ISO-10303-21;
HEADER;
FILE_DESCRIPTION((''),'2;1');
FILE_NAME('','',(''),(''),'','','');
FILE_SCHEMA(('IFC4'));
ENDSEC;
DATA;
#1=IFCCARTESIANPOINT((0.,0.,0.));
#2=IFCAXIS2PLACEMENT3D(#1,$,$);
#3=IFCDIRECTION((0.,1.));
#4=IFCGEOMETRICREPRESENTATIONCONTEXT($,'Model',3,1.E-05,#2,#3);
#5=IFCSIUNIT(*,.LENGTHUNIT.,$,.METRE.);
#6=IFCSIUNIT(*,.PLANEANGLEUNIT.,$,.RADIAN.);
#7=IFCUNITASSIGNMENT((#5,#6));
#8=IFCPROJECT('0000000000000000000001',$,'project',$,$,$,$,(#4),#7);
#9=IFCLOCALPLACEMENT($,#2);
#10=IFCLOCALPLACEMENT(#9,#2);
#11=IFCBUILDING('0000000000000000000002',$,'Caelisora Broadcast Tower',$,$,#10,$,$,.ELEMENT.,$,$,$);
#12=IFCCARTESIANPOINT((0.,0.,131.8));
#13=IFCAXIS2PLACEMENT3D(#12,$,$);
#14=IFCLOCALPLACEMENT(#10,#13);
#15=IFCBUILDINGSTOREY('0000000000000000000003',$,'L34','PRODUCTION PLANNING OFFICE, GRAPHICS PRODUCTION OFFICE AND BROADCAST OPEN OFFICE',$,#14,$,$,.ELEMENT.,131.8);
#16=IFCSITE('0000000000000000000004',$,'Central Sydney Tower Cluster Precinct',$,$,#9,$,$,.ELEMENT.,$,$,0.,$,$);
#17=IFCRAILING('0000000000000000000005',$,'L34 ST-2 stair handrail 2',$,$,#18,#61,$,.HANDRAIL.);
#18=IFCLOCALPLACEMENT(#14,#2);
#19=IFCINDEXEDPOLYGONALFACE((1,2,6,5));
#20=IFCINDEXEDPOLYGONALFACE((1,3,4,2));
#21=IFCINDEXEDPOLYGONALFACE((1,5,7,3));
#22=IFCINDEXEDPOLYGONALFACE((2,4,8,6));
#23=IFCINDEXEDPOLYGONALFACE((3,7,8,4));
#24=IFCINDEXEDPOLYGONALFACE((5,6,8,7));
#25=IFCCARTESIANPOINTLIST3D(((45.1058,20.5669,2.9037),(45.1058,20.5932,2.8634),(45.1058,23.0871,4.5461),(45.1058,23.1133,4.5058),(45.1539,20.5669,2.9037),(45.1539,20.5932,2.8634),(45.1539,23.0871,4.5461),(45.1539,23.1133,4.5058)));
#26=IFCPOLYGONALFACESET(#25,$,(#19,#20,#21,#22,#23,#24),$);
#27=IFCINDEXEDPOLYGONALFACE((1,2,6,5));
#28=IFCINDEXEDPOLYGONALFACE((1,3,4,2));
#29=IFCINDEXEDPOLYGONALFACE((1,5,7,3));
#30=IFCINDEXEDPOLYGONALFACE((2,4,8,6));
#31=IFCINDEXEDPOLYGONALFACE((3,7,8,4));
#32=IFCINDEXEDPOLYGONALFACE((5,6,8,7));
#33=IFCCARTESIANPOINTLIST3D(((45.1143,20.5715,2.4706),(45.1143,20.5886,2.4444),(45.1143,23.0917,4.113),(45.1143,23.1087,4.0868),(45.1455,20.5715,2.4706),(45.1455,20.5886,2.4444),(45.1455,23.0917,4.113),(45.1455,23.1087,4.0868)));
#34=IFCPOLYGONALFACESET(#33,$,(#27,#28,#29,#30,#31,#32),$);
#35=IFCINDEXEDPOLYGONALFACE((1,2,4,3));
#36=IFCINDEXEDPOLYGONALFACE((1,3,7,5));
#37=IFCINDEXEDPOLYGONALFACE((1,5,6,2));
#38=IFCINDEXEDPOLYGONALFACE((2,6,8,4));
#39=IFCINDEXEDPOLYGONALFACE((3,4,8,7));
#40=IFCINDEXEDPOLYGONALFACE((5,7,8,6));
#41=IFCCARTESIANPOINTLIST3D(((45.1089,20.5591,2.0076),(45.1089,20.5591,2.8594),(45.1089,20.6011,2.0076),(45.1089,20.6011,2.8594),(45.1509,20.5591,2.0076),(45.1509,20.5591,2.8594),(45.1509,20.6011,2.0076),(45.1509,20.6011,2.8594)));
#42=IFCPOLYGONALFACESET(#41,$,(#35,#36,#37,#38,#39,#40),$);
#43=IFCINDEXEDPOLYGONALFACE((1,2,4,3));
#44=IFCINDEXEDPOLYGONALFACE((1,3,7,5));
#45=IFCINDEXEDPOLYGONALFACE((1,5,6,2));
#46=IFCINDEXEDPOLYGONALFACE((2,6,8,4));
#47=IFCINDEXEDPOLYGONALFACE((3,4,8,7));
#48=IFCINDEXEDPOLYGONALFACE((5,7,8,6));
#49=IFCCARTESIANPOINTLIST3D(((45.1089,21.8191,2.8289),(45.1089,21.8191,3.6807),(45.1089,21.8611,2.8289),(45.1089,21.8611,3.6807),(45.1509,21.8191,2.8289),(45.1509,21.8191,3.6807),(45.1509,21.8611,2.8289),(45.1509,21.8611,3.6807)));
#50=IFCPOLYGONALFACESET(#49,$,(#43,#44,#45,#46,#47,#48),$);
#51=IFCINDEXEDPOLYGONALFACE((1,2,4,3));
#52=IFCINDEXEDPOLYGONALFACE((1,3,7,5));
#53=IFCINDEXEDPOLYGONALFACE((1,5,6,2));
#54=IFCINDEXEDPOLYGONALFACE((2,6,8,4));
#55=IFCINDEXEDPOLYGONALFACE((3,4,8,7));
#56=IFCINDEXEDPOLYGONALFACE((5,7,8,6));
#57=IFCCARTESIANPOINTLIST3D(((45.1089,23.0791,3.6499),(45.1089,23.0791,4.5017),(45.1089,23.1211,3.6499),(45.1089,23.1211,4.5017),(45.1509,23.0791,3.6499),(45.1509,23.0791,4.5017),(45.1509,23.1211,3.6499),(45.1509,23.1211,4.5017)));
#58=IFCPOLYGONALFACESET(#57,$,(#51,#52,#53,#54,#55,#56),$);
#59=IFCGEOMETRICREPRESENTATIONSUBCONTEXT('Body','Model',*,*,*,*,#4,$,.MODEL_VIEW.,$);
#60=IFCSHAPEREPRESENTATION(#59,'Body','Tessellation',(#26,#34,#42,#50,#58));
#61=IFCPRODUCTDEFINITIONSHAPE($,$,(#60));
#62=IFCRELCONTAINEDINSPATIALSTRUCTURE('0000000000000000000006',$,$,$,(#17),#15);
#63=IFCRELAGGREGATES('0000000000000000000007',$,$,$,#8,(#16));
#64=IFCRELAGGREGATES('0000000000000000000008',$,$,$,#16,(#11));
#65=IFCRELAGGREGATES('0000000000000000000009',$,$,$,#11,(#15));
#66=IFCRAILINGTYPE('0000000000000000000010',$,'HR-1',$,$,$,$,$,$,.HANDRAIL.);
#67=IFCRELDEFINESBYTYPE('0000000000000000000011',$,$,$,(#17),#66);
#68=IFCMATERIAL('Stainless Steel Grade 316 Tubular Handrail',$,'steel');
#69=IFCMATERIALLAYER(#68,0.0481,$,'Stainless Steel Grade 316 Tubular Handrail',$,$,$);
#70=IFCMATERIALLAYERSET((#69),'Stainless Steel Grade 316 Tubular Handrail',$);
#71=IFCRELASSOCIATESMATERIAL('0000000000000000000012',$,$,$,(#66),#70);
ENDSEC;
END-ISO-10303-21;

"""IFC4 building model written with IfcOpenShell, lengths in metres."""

from ifc_helpers import new_model, si_unit, direction, frame, origin, origin_2d, place, context, subcontext, project, spatial, rectangle, extrude, material, layer, layer_set, type_object, element, save


model = new_model("IFC4")

# Units and contexts
model_context = context("Model", 3, precision=1e-05, world=origin(), true_north=direction((0.0, 1.0)))
body_context = subcontext(model_context, "Body", "Model", "MODEL_VIEW")
ifc_project = project(units=[si_unit("LENGTHUNIT", "METRE"), si_unit("PLANEANGLEUNIT", "RADIAN")], contexts=[model_context])

# Site, building, storey
site_placement = place(None, origin())
site = spatial("IfcSite", under=ifc_project, at=site_placement, Name="Central Sydney Tower Cluster Precinct", CompositionType="ELEMENT", RefElevation=0.0)
building_placement = place(site_placement, origin())
building = spatial("IfcBuilding", under=site, at=building_placement, Name="Caelisora Broadcast Tower", CompositionType="ELEMENT")
storey_placement = place(building_placement, frame((0.0, 0.0, 131.8)))
storey = spatial("IfcBuildingStorey", under=building, at=storey_placement, Name="L34", Description="PRODUCTION PLANNING OFFICE, GRAPHICS PRODUCTION OFFICE AND BROADCAST OPEN OFFICE", CompositionType="ELEMENT", Elevation=131.8)

# Railing
ifc_material_1 = material(Name="Stainless Steel Grade 316 Tubular Handrail", Category="steel")
ifc_layer_1 = layer(ifc_material_1, 0.0481, Name="Stainless Steel Grade 316 Tubular Handrail")
ifc_layer_set_1 = layer_set([ifc_layer_1], Name="Stainless Steel Grade 316 Tubular Handrail")
railing_type_1 = type_object("IfcRailingType", Name="HR-1", PredefinedType="HANDRAIL", material=ifc_layer_set_1)
railing_1_placement = place(storey_placement, frame((45.1299, 20.5801, 2.0076)))
element("IfcRailing", 1, at=railing_1_placement, inside=storey, type_object=railing_type_1, Name="L34 ST-2 stair handrail 2", PredefinedType="HANDRAIL", context=body_context, shape_type="SweptSolid", body=[
    extrude(rectangle(XDim=0.0481, YDim=0.0481, at=origin_2d()), frame((0.0, 0.0, 0.876), z_axis=(0.0, 0.837787, 0.545998), x_axis=(-1.0, 0.0, 0.0)), (0.0, 0.0, 1.0), 3.0081),
    extrude(rectangle(XDim=0.0312, YDim=0.0312, at=origin_2d()), frame((0.0, 0.0, 0.45), z_axis=(0.0, 0.837787, 0.545998), x_axis=(-1.0, 0.0, 0.0)), (0.0, 0.0, 1.0), 3.0081),
    extrude(rectangle(XDim=0.042, YDim=0.042, at=origin_2d()), origin(), (0.0, 0.0, 1.0), 0.8518),
    extrude(rectangle(XDim=0.042, YDim=0.042, at=origin_2d()), frame((0.0, 1.26, 0.8213)), (0.0, 0.0, 1.0), 0.8518),
    extrude(rectangle(XDim=0.042, YDim=0.042, at=origin_2d()), frame((0.0, 2.52, 1.6423)), (0.0, 0.0, 1.0), 0.8518),
])

save(model, "model.ifc")
